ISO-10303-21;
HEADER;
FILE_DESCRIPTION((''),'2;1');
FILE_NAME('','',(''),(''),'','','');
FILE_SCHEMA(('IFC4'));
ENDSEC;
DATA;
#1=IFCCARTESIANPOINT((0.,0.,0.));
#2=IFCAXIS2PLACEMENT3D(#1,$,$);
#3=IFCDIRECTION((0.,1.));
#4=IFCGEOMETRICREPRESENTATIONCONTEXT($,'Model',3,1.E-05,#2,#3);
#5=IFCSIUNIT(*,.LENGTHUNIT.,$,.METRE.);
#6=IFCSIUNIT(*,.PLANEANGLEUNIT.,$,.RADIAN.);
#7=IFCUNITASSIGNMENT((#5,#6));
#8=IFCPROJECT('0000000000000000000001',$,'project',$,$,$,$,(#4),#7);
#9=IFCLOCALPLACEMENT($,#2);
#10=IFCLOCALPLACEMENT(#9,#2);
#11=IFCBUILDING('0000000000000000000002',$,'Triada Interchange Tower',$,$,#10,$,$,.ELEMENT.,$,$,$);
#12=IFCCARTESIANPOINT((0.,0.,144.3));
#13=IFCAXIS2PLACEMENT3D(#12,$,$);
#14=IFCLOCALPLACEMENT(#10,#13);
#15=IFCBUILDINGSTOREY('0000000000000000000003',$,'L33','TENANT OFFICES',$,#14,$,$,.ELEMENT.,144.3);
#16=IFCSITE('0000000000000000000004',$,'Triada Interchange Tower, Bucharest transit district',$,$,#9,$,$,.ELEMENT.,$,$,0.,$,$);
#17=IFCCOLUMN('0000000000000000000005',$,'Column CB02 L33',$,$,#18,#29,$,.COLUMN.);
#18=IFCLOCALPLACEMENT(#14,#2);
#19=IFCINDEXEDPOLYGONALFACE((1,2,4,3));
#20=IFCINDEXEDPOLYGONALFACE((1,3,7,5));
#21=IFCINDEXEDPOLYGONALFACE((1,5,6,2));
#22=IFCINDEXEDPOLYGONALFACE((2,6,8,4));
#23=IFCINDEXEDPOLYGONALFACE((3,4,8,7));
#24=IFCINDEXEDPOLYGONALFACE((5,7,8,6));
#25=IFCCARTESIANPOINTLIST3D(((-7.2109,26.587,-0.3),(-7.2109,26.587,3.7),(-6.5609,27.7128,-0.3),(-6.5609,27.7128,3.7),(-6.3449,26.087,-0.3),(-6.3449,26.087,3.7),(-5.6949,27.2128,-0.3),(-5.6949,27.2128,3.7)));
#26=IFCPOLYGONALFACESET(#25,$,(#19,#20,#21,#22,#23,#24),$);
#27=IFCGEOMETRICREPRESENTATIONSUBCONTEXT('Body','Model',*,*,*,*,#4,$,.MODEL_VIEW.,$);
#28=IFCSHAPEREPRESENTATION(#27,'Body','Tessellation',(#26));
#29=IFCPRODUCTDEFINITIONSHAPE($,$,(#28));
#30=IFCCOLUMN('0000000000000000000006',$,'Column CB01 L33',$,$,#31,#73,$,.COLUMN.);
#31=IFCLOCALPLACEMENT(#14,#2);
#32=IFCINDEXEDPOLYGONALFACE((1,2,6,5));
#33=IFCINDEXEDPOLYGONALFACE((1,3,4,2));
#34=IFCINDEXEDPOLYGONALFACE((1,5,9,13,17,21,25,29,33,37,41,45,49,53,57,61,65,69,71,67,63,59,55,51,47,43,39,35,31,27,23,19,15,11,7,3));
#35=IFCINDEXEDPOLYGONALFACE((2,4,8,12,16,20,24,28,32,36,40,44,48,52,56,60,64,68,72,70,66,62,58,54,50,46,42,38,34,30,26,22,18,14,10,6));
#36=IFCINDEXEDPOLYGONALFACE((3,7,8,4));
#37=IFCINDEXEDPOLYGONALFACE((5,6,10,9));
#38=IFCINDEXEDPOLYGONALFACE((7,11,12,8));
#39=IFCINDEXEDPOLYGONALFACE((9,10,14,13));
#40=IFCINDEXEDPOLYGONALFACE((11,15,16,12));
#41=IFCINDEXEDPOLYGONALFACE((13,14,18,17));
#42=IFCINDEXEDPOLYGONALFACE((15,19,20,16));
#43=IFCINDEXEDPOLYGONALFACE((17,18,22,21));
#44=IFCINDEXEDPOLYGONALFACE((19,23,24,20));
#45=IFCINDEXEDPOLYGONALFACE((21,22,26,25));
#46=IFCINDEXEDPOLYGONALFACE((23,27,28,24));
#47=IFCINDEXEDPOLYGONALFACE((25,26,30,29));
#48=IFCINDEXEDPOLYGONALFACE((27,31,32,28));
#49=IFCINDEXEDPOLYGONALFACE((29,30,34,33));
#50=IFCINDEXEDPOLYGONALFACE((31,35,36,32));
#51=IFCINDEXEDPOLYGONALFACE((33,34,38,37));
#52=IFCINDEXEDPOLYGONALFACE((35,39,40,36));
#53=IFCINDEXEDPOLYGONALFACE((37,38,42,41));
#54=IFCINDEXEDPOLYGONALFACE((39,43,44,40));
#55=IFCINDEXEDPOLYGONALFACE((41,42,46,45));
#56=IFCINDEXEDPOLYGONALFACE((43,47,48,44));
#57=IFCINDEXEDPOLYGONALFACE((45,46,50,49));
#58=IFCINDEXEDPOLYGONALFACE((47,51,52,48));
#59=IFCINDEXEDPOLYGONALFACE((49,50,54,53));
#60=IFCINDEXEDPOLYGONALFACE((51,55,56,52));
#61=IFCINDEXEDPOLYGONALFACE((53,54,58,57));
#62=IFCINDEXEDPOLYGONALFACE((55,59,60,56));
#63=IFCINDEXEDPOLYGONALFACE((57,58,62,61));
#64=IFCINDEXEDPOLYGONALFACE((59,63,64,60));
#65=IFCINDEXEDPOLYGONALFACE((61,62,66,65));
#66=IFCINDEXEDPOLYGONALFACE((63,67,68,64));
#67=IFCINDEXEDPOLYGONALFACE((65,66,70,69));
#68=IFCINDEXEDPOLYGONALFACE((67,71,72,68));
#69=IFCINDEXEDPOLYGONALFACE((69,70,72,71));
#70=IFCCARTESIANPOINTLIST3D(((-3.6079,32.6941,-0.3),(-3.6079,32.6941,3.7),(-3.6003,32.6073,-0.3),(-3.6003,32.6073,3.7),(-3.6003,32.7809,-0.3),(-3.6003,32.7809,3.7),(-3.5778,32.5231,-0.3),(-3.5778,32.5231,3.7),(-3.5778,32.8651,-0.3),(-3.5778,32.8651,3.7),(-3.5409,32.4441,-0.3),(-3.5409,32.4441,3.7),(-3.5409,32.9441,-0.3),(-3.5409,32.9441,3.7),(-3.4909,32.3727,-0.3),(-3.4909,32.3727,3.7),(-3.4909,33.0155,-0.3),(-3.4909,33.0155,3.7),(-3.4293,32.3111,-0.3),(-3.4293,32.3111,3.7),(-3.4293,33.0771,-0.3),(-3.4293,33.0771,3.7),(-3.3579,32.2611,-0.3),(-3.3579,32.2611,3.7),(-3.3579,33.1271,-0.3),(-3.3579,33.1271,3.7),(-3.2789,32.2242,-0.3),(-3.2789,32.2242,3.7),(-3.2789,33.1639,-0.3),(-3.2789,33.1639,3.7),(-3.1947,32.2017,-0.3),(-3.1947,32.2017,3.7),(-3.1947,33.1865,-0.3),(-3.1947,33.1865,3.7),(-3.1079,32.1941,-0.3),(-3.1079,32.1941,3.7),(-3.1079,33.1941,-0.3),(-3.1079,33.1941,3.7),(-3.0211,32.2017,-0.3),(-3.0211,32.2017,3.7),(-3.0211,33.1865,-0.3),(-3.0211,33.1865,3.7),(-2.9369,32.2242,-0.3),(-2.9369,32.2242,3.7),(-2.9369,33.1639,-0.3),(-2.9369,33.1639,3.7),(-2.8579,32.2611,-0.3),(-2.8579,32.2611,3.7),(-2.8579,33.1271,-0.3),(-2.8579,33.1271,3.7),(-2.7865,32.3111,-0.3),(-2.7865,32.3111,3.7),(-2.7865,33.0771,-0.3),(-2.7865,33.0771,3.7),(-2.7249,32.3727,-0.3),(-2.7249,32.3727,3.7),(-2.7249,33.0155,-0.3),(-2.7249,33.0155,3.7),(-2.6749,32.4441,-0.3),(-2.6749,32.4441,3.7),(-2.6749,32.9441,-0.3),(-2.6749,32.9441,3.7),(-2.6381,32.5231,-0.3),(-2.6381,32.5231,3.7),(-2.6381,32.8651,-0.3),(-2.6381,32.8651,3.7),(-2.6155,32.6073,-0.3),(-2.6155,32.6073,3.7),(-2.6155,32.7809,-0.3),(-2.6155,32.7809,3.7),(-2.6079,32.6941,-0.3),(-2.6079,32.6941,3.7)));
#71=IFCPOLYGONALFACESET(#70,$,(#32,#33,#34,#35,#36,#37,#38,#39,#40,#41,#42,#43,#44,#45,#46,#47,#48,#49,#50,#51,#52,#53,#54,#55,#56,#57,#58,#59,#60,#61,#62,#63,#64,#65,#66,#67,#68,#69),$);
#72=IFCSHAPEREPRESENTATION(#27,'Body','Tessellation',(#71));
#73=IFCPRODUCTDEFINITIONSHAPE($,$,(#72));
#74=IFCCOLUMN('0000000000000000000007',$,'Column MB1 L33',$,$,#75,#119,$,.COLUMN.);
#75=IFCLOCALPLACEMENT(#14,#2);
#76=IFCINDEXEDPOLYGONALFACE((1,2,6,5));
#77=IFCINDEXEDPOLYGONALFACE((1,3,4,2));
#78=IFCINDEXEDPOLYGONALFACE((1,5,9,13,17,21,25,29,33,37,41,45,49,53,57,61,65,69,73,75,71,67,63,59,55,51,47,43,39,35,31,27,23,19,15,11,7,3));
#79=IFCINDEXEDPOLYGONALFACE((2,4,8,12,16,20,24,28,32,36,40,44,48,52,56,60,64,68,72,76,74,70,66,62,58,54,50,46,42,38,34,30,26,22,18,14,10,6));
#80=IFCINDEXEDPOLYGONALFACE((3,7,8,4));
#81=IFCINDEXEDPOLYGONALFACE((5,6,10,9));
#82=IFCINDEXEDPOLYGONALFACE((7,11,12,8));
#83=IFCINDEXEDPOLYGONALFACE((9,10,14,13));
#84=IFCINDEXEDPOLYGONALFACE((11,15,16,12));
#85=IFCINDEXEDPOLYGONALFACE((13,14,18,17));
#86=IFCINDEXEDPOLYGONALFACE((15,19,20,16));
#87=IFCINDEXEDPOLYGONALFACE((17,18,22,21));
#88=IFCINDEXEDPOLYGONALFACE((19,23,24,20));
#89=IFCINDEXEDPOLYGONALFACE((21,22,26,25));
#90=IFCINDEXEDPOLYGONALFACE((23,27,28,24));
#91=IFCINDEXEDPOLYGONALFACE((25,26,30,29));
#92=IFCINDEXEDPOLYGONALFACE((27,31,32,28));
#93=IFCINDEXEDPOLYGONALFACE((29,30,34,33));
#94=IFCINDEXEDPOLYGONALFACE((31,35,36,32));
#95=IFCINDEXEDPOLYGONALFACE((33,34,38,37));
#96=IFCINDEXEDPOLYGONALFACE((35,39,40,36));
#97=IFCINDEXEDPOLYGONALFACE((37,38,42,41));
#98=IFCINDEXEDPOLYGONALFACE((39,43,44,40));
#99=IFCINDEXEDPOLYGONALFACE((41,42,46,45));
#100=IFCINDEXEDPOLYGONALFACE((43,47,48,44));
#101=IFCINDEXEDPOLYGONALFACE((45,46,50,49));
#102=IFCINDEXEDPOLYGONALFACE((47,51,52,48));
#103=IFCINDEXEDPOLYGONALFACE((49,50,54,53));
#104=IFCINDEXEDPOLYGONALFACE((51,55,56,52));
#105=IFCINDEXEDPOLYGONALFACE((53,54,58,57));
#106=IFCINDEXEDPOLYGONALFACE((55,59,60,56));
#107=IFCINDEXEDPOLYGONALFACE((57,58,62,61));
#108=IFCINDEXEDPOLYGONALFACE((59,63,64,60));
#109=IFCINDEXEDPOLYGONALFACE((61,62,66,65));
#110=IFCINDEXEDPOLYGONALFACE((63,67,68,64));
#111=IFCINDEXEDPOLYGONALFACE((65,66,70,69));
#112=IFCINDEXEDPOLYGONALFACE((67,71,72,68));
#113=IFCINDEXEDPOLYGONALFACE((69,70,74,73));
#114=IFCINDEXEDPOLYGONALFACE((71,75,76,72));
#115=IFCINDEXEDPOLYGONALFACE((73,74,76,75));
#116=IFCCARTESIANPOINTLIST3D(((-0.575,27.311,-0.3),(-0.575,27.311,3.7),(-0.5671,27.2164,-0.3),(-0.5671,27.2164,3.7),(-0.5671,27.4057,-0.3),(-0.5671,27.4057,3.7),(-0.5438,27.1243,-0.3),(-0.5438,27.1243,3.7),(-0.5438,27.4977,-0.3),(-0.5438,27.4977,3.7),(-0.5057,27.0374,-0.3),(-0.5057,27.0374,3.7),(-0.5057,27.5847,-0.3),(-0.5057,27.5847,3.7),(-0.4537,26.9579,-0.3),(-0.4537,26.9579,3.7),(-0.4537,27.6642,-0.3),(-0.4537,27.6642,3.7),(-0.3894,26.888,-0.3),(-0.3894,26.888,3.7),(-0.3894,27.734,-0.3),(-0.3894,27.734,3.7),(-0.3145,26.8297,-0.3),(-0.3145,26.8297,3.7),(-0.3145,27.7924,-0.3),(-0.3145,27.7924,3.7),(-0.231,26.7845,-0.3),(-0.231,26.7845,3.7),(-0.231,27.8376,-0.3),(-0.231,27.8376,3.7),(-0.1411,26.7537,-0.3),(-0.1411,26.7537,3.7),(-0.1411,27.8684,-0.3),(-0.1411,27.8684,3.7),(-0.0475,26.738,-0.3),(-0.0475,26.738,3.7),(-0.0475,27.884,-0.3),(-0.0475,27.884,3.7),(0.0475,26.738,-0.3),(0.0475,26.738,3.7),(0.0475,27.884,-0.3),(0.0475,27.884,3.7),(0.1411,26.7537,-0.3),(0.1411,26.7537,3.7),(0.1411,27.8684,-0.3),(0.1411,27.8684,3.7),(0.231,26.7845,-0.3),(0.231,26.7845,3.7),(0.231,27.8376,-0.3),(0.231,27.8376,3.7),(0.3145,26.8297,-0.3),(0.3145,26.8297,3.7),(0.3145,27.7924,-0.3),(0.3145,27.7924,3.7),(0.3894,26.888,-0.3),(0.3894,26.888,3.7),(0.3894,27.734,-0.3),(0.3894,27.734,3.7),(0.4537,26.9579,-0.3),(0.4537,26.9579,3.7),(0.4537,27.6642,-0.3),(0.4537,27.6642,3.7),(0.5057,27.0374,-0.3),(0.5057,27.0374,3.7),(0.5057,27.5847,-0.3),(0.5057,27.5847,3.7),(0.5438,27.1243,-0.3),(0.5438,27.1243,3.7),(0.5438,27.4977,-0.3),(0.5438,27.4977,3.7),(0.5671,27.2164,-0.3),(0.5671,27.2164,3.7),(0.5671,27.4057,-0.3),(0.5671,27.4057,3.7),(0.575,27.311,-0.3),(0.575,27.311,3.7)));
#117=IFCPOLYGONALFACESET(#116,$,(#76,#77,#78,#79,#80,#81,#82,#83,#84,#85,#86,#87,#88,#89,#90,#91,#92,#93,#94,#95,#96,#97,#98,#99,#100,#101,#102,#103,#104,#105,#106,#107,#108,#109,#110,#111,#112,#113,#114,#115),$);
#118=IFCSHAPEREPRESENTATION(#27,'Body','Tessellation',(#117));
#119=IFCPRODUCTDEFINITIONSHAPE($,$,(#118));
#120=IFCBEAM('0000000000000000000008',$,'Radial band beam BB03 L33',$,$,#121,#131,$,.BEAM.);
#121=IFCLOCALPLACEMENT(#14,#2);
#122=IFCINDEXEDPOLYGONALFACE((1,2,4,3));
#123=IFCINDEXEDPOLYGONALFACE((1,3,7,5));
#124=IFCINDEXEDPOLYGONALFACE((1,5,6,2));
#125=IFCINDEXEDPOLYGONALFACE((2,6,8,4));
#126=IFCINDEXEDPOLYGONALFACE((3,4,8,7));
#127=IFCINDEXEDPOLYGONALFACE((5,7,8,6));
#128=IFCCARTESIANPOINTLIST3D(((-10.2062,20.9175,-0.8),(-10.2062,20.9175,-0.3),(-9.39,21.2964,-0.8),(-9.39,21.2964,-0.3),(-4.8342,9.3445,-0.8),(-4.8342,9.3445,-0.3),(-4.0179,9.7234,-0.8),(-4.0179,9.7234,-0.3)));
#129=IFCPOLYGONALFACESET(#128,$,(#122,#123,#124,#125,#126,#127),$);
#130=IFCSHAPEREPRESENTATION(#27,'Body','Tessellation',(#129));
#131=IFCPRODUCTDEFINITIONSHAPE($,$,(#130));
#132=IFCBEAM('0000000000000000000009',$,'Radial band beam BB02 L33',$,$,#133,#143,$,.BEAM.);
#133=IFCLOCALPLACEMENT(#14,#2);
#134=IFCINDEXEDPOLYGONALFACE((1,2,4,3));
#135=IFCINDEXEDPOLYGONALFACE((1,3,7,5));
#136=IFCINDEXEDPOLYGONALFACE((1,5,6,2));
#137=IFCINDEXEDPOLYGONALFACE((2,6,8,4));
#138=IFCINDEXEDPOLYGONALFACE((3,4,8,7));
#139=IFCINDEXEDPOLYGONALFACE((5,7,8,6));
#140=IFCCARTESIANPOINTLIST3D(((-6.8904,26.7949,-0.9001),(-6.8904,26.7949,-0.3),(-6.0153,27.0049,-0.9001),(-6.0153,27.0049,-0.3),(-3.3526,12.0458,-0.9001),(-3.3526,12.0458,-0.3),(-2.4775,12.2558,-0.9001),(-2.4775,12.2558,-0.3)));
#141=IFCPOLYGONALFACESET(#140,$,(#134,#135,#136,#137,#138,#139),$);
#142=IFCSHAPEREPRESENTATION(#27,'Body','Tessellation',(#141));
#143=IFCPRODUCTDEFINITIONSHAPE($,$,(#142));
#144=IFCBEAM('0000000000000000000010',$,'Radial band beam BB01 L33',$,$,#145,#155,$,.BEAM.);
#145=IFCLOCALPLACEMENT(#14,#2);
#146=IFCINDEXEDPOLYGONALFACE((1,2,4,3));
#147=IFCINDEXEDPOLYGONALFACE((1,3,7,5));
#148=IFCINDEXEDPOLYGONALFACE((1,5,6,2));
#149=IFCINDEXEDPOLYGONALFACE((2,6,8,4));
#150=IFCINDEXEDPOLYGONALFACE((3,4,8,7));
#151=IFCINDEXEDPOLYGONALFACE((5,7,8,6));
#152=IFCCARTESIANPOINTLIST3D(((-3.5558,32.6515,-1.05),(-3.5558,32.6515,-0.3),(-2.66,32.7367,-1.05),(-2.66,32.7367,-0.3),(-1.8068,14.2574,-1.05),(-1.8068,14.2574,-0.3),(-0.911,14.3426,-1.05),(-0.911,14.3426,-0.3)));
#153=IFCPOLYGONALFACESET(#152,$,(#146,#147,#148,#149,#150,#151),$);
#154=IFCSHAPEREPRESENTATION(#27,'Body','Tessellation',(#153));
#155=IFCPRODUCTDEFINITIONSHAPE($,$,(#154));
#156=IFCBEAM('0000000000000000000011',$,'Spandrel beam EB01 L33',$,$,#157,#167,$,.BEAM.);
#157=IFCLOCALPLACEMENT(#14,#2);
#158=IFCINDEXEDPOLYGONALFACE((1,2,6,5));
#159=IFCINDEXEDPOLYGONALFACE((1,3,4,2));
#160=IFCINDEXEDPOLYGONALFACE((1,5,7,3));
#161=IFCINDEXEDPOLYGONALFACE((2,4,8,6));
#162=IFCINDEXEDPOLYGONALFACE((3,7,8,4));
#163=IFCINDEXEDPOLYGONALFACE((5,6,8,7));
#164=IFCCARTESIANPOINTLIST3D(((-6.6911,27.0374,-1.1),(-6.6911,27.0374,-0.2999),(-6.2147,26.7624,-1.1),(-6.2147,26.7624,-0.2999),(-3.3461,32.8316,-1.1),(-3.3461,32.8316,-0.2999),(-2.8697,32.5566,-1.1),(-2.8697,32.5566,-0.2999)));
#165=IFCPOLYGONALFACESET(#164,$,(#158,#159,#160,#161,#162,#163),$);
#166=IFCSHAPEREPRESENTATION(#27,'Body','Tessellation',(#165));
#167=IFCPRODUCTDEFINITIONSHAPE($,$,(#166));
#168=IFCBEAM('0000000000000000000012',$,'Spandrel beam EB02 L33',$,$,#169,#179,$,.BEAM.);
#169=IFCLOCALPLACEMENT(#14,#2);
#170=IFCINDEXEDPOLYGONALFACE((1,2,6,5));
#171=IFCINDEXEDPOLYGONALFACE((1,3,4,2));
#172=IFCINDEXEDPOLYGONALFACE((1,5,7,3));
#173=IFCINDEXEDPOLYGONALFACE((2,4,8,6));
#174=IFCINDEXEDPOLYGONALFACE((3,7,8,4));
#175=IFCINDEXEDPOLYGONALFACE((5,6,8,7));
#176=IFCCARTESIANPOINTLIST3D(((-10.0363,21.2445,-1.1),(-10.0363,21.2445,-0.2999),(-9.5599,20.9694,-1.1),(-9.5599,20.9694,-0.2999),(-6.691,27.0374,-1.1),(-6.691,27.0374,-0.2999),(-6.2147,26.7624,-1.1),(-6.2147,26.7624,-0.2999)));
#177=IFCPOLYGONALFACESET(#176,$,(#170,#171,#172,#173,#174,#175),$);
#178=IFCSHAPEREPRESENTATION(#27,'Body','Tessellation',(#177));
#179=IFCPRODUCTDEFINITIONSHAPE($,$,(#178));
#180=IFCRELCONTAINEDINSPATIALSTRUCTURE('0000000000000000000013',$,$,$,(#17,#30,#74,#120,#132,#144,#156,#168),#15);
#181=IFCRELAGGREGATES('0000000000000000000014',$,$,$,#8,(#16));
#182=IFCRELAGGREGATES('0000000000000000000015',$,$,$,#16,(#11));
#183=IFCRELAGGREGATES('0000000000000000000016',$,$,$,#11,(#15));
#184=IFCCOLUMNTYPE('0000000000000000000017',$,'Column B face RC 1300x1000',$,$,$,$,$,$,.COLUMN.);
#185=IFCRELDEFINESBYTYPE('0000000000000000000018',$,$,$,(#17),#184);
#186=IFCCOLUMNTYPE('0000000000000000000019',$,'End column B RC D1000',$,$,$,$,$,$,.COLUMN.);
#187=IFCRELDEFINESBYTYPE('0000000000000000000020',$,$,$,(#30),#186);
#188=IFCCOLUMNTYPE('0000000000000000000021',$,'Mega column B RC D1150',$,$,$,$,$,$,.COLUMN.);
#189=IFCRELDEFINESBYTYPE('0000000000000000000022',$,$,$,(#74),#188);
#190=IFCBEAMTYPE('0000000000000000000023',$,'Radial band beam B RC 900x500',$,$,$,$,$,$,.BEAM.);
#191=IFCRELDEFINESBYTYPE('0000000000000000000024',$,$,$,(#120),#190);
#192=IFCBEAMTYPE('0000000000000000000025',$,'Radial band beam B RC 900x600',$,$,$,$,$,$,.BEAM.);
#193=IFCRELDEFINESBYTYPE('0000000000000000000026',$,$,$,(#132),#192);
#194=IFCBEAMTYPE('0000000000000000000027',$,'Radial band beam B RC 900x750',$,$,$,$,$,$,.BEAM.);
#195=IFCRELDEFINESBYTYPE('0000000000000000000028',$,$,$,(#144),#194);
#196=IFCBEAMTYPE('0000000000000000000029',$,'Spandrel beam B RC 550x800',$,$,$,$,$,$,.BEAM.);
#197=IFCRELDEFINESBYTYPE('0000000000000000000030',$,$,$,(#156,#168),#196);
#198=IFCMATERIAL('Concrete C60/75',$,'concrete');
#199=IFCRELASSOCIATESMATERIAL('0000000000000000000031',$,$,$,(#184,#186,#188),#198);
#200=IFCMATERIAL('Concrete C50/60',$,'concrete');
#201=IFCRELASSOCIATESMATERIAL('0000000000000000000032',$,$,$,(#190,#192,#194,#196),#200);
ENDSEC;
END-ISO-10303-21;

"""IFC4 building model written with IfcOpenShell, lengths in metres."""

from ifc_helpers import new_model, si_unit, direction, frame, origin, origin_2d, place, context, subcontext, project, spatial, rectangle, circle, extrude, material, material_profile, profile_set, type_object, element, save


model = new_model("IFC4")

# Units and contexts
model_context = context("Model", 3, precision=1e-05, world=origin(), true_north=direction((0.0, 1.0)))
body_context = subcontext(model_context, "Body", "Model", "MODEL_VIEW")
ifc_project = project(units=[si_unit("LENGTHUNIT", "METRE"), si_unit("PLANEANGLEUNIT", "RADIAN")], contexts=[model_context])

# Site, building, storey
site_placement = place(None, origin())
site = spatial("IfcSite", under=ifc_project, at=site_placement, Name="Triada Interchange Tower, Bucharest transit district", CompositionType="ELEMENT", RefElevation=0.0)
building_placement = place(site_placement, origin())
building = spatial("IfcBuilding", under=site, at=building_placement, Name="Triada Interchange Tower", CompositionType="ELEMENT")
storey_placement = place(building_placement, frame((0.0, 0.0, 144.3)))
storey = spatial("IfcBuildingStorey", under=building, at=storey_placement, Name="L33", Description="TENANT OFFICES", CompositionType="ELEMENT", Elevation=144.3)

# Columns
ifc_material_1 = material(Name="Concrete C60/75", Category="concrete")
ifc_material_profile_1 = material_profile(ifc_material_1, rectangle(XDim=1.3, YDim=1.0, at=origin_2d()), Name="RC 1300x1000")
ifc_profile_set_1 = profile_set([ifc_material_profile_1], Name="Concrete C60/75")
column_type_1 = type_object("IfcColumnType", Name="Column B face RC 1300x1000", PredefinedType="COLUMN", material=ifc_profile_set_1)
column_1_placement = place(storey_placement, frame((-6.4529, 26.8999, -0.3), z_axis=(0.0, 0.0, 1.0), x_axis=(0.5, 0.866025, 0.0)))
element("IfcColumn", 1, at=column_1_placement, inside=storey, type_object=column_type_1, Name="Column CB02 L33", PredefinedType="COLUMN", context=body_context, shape_type="SweptSolid", body=[
    extrude(rectangle(XDim=1.3, YDim=1.0, at=origin_2d()), origin(), (0.0, 0.0, 1.0), 4.0),
])
ifc_material_profile_2 = material_profile(ifc_material_1, circle(Radius=0.5, at=origin_2d()), Name="RC D1000")
ifc_profile_set_2 = profile_set([ifc_material_profile_2], Name="Concrete C60/75")
column_type_2 = type_object("IfcColumnType", Name="End column B RC D1000", PredefinedType="COLUMN", material=ifc_profile_set_2)
column_2_placement = place(storey_placement, frame((-3.1079, 32.6941, -0.3), z_axis=(0.0, 0.0, 1.0), x_axis=(0.5, 0.866025, 0.0)))
element("IfcColumn", 2, at=column_2_placement, inside=storey, type_object=column_type_2, Name="Column CB01 L33", PredefinedType="COLUMN", context=body_context, shape_type="SweptSolid", body=[
    extrude(circle(Radius=0.5, at=origin_2d()), origin(), (0.0, 0.0, 1.0), 4.0),
])
ifc_material_profile_3 = material_profile(ifc_material_1, circle(Radius=0.575, at=origin_2d()), Name="RC D1150")
ifc_profile_set_3 = profile_set([ifc_material_profile_3], Name="Concrete C60/75")
column_type_3 = type_object("IfcColumnType", Name="Mega column B RC D1150", PredefinedType="COLUMN", material=ifc_profile_set_3)
column_3_placement = place(storey_placement, frame((0.0, 27.311, -0.3), z_axis=(0.0, 0.0, 1.0), x_axis=(1.0, 0.0, 0.0)))
element("IfcColumn", 3, at=column_3_placement, inside=storey, type_object=column_type_3, Name="Column MB1 L33", PredefinedType="COLUMN", context=body_context, shape_type="SweptSolid", body=[
    extrude(circle(Radius=0.575, at=origin_2d()), origin(), (0.0, 0.0, 1.0), 4.0),
])

# Beams
ifc_material_2 = material(Name="Concrete C50/60", Category="concrete")
ifc_material_profile_4 = material_profile(ifc_material_2, rectangle(XDim=0.8999, YDim=0.5, at=origin_2d()), Name="RC 900x500")
ifc_profile_set_4 = profile_set([ifc_material_profile_4], Name="Concrete C50/60")
beam_type_1 = type_object("IfcBeamType", Name="Radial band beam B RC 900x500", PredefinedType="BEAM", material=ifc_profile_set_4)
beam_1_placement = place(storey_placement, frame((-9.7981, 21.1069, -0.55), z_axis=(0.42104, -0.907042, 0.0), x_axis=(0.907042, 0.42104, 0.0)))
element("IfcBeam", 4, at=beam_1_placement, inside=storey, type_object=beam_type_1, Name="Radial band beam BB03 L33", PredefinedType="BEAM", context=body_context, shape_type="SweptSolid", body=[
    extrude(rectangle(XDim=0.8999, YDim=0.5, at=origin_2d()), origin(), (0.0, 0.0, 1.0), 12.759),
])
ifc_material_profile_5 = material_profile(ifc_material_2, rectangle(XDim=0.8999, YDim=0.6001, at=origin_2d()), Name="RC 900x600")
ifc_profile_set_5 = profile_set([ifc_material_profile_5], Name="Concrete C50/60")
beam_type_2 = type_object("IfcBeamType", Name="Radial band beam B RC 900x600", PredefinedType="BEAM", material=ifc_profile_set_5)
beam_2_placement = place(storey_placement, frame((-6.4529, 26.8999, -0.6001), z_axis=(0.233253, -0.972416, 0.0), x_axis=(0.972416, 0.233253, 0.0)))
element("IfcBeam", 5, at=beam_2_placement, inside=storey, type_object=beam_type_2, Name="Radial band beam BB02 L33", PredefinedType="BEAM", context=body_context, shape_type="SweptSolid", body=[
    extrude(rectangle(XDim=0.8999, YDim=0.6001, at=origin_2d()), origin(), (0.0, 0.0, 1.0), 15.1675),
])
ifc_material_profile_6 = material_profile(ifc_material_2, rectangle(XDim=0.8999, YDim=0.75, at=origin_2d()), Name="RC 900x750")
ifc_profile_set_6 = profile_set([ifc_material_profile_6], Name="Concrete C50/60")
beam_type_3 = type_object("IfcBeamType", Name="Radial band beam B RC 900x750", PredefinedType="BEAM", material=ifc_profile_set_6)
beam_3_placement = place(storey_placement, frame((-3.1079, 32.6941, -0.675), z_axis=(0.094659, -0.99551, 0.0), x_axis=(0.99551, 0.094659, 0.0)))
element("IfcBeam", 6, at=beam_3_placement, inside=storey, type_object=beam_type_3, Name="Radial band beam BB01 L33", PredefinedType="BEAM", context=body_context, shape_type="SweptSolid", body=[
    extrude(rectangle(XDim=0.8999, YDim=0.75, at=origin_2d()), origin(), (0.0, 0.0, 1.0), 18.4771),
])
ifc_material_profile_7 = material_profile(ifc_material_2, rectangle(XDim=0.55, YDim=0.8, at=origin_2d()), Name="RC 550x800")
ifc_profile_set_7 = profile_set([ifc_material_profile_7], Name="Concrete C50/60")
beam_type_4 = type_object("IfcBeamType", Name="Spandrel beam B RC 550x800", PredefinedType="BEAM", material=ifc_profile_set_7)
beam_4_placement = place(storey_placement, frame((-3.1079, 32.6941, -0.7), z_axis=(-0.499966, -0.866045, 0.0), x_axis=(0.866045, -0.499966, 0.0)))
element("IfcBeam", 7, at=beam_4_placement, inside=storey, type_object=beam_type_4, Name="Spandrel beam EB01 L33", PredefinedType="BEAM", context=body_context, shape_type="SweptSolid", body=[
    extrude(rectangle(XDim=0.55, YDim=0.8, at=origin_2d()), origin(), (0.0, 0.0, 1.0), 6.6904),
])
beam_5_placement = place(storey_placement, frame((-6.4529, 26.8999, -0.7), z_axis=(-0.500072, -0.865984, 0.0), x_axis=(0.865984, -0.500072, 0.0)))
element("IfcBeam", 8, at=beam_5_placement, inside=storey, type_object=beam_type_4, Name="Spandrel beam EB02 L33", PredefinedType="BEAM", context=body_context, shape_type="SweptSolid", body=[
    extrude(rectangle(XDim=0.55, YDim=0.8, at=origin_2d()), origin(), (0.0, 0.0, 1.0), 6.6895),
])

save(model, "model.ifc")
